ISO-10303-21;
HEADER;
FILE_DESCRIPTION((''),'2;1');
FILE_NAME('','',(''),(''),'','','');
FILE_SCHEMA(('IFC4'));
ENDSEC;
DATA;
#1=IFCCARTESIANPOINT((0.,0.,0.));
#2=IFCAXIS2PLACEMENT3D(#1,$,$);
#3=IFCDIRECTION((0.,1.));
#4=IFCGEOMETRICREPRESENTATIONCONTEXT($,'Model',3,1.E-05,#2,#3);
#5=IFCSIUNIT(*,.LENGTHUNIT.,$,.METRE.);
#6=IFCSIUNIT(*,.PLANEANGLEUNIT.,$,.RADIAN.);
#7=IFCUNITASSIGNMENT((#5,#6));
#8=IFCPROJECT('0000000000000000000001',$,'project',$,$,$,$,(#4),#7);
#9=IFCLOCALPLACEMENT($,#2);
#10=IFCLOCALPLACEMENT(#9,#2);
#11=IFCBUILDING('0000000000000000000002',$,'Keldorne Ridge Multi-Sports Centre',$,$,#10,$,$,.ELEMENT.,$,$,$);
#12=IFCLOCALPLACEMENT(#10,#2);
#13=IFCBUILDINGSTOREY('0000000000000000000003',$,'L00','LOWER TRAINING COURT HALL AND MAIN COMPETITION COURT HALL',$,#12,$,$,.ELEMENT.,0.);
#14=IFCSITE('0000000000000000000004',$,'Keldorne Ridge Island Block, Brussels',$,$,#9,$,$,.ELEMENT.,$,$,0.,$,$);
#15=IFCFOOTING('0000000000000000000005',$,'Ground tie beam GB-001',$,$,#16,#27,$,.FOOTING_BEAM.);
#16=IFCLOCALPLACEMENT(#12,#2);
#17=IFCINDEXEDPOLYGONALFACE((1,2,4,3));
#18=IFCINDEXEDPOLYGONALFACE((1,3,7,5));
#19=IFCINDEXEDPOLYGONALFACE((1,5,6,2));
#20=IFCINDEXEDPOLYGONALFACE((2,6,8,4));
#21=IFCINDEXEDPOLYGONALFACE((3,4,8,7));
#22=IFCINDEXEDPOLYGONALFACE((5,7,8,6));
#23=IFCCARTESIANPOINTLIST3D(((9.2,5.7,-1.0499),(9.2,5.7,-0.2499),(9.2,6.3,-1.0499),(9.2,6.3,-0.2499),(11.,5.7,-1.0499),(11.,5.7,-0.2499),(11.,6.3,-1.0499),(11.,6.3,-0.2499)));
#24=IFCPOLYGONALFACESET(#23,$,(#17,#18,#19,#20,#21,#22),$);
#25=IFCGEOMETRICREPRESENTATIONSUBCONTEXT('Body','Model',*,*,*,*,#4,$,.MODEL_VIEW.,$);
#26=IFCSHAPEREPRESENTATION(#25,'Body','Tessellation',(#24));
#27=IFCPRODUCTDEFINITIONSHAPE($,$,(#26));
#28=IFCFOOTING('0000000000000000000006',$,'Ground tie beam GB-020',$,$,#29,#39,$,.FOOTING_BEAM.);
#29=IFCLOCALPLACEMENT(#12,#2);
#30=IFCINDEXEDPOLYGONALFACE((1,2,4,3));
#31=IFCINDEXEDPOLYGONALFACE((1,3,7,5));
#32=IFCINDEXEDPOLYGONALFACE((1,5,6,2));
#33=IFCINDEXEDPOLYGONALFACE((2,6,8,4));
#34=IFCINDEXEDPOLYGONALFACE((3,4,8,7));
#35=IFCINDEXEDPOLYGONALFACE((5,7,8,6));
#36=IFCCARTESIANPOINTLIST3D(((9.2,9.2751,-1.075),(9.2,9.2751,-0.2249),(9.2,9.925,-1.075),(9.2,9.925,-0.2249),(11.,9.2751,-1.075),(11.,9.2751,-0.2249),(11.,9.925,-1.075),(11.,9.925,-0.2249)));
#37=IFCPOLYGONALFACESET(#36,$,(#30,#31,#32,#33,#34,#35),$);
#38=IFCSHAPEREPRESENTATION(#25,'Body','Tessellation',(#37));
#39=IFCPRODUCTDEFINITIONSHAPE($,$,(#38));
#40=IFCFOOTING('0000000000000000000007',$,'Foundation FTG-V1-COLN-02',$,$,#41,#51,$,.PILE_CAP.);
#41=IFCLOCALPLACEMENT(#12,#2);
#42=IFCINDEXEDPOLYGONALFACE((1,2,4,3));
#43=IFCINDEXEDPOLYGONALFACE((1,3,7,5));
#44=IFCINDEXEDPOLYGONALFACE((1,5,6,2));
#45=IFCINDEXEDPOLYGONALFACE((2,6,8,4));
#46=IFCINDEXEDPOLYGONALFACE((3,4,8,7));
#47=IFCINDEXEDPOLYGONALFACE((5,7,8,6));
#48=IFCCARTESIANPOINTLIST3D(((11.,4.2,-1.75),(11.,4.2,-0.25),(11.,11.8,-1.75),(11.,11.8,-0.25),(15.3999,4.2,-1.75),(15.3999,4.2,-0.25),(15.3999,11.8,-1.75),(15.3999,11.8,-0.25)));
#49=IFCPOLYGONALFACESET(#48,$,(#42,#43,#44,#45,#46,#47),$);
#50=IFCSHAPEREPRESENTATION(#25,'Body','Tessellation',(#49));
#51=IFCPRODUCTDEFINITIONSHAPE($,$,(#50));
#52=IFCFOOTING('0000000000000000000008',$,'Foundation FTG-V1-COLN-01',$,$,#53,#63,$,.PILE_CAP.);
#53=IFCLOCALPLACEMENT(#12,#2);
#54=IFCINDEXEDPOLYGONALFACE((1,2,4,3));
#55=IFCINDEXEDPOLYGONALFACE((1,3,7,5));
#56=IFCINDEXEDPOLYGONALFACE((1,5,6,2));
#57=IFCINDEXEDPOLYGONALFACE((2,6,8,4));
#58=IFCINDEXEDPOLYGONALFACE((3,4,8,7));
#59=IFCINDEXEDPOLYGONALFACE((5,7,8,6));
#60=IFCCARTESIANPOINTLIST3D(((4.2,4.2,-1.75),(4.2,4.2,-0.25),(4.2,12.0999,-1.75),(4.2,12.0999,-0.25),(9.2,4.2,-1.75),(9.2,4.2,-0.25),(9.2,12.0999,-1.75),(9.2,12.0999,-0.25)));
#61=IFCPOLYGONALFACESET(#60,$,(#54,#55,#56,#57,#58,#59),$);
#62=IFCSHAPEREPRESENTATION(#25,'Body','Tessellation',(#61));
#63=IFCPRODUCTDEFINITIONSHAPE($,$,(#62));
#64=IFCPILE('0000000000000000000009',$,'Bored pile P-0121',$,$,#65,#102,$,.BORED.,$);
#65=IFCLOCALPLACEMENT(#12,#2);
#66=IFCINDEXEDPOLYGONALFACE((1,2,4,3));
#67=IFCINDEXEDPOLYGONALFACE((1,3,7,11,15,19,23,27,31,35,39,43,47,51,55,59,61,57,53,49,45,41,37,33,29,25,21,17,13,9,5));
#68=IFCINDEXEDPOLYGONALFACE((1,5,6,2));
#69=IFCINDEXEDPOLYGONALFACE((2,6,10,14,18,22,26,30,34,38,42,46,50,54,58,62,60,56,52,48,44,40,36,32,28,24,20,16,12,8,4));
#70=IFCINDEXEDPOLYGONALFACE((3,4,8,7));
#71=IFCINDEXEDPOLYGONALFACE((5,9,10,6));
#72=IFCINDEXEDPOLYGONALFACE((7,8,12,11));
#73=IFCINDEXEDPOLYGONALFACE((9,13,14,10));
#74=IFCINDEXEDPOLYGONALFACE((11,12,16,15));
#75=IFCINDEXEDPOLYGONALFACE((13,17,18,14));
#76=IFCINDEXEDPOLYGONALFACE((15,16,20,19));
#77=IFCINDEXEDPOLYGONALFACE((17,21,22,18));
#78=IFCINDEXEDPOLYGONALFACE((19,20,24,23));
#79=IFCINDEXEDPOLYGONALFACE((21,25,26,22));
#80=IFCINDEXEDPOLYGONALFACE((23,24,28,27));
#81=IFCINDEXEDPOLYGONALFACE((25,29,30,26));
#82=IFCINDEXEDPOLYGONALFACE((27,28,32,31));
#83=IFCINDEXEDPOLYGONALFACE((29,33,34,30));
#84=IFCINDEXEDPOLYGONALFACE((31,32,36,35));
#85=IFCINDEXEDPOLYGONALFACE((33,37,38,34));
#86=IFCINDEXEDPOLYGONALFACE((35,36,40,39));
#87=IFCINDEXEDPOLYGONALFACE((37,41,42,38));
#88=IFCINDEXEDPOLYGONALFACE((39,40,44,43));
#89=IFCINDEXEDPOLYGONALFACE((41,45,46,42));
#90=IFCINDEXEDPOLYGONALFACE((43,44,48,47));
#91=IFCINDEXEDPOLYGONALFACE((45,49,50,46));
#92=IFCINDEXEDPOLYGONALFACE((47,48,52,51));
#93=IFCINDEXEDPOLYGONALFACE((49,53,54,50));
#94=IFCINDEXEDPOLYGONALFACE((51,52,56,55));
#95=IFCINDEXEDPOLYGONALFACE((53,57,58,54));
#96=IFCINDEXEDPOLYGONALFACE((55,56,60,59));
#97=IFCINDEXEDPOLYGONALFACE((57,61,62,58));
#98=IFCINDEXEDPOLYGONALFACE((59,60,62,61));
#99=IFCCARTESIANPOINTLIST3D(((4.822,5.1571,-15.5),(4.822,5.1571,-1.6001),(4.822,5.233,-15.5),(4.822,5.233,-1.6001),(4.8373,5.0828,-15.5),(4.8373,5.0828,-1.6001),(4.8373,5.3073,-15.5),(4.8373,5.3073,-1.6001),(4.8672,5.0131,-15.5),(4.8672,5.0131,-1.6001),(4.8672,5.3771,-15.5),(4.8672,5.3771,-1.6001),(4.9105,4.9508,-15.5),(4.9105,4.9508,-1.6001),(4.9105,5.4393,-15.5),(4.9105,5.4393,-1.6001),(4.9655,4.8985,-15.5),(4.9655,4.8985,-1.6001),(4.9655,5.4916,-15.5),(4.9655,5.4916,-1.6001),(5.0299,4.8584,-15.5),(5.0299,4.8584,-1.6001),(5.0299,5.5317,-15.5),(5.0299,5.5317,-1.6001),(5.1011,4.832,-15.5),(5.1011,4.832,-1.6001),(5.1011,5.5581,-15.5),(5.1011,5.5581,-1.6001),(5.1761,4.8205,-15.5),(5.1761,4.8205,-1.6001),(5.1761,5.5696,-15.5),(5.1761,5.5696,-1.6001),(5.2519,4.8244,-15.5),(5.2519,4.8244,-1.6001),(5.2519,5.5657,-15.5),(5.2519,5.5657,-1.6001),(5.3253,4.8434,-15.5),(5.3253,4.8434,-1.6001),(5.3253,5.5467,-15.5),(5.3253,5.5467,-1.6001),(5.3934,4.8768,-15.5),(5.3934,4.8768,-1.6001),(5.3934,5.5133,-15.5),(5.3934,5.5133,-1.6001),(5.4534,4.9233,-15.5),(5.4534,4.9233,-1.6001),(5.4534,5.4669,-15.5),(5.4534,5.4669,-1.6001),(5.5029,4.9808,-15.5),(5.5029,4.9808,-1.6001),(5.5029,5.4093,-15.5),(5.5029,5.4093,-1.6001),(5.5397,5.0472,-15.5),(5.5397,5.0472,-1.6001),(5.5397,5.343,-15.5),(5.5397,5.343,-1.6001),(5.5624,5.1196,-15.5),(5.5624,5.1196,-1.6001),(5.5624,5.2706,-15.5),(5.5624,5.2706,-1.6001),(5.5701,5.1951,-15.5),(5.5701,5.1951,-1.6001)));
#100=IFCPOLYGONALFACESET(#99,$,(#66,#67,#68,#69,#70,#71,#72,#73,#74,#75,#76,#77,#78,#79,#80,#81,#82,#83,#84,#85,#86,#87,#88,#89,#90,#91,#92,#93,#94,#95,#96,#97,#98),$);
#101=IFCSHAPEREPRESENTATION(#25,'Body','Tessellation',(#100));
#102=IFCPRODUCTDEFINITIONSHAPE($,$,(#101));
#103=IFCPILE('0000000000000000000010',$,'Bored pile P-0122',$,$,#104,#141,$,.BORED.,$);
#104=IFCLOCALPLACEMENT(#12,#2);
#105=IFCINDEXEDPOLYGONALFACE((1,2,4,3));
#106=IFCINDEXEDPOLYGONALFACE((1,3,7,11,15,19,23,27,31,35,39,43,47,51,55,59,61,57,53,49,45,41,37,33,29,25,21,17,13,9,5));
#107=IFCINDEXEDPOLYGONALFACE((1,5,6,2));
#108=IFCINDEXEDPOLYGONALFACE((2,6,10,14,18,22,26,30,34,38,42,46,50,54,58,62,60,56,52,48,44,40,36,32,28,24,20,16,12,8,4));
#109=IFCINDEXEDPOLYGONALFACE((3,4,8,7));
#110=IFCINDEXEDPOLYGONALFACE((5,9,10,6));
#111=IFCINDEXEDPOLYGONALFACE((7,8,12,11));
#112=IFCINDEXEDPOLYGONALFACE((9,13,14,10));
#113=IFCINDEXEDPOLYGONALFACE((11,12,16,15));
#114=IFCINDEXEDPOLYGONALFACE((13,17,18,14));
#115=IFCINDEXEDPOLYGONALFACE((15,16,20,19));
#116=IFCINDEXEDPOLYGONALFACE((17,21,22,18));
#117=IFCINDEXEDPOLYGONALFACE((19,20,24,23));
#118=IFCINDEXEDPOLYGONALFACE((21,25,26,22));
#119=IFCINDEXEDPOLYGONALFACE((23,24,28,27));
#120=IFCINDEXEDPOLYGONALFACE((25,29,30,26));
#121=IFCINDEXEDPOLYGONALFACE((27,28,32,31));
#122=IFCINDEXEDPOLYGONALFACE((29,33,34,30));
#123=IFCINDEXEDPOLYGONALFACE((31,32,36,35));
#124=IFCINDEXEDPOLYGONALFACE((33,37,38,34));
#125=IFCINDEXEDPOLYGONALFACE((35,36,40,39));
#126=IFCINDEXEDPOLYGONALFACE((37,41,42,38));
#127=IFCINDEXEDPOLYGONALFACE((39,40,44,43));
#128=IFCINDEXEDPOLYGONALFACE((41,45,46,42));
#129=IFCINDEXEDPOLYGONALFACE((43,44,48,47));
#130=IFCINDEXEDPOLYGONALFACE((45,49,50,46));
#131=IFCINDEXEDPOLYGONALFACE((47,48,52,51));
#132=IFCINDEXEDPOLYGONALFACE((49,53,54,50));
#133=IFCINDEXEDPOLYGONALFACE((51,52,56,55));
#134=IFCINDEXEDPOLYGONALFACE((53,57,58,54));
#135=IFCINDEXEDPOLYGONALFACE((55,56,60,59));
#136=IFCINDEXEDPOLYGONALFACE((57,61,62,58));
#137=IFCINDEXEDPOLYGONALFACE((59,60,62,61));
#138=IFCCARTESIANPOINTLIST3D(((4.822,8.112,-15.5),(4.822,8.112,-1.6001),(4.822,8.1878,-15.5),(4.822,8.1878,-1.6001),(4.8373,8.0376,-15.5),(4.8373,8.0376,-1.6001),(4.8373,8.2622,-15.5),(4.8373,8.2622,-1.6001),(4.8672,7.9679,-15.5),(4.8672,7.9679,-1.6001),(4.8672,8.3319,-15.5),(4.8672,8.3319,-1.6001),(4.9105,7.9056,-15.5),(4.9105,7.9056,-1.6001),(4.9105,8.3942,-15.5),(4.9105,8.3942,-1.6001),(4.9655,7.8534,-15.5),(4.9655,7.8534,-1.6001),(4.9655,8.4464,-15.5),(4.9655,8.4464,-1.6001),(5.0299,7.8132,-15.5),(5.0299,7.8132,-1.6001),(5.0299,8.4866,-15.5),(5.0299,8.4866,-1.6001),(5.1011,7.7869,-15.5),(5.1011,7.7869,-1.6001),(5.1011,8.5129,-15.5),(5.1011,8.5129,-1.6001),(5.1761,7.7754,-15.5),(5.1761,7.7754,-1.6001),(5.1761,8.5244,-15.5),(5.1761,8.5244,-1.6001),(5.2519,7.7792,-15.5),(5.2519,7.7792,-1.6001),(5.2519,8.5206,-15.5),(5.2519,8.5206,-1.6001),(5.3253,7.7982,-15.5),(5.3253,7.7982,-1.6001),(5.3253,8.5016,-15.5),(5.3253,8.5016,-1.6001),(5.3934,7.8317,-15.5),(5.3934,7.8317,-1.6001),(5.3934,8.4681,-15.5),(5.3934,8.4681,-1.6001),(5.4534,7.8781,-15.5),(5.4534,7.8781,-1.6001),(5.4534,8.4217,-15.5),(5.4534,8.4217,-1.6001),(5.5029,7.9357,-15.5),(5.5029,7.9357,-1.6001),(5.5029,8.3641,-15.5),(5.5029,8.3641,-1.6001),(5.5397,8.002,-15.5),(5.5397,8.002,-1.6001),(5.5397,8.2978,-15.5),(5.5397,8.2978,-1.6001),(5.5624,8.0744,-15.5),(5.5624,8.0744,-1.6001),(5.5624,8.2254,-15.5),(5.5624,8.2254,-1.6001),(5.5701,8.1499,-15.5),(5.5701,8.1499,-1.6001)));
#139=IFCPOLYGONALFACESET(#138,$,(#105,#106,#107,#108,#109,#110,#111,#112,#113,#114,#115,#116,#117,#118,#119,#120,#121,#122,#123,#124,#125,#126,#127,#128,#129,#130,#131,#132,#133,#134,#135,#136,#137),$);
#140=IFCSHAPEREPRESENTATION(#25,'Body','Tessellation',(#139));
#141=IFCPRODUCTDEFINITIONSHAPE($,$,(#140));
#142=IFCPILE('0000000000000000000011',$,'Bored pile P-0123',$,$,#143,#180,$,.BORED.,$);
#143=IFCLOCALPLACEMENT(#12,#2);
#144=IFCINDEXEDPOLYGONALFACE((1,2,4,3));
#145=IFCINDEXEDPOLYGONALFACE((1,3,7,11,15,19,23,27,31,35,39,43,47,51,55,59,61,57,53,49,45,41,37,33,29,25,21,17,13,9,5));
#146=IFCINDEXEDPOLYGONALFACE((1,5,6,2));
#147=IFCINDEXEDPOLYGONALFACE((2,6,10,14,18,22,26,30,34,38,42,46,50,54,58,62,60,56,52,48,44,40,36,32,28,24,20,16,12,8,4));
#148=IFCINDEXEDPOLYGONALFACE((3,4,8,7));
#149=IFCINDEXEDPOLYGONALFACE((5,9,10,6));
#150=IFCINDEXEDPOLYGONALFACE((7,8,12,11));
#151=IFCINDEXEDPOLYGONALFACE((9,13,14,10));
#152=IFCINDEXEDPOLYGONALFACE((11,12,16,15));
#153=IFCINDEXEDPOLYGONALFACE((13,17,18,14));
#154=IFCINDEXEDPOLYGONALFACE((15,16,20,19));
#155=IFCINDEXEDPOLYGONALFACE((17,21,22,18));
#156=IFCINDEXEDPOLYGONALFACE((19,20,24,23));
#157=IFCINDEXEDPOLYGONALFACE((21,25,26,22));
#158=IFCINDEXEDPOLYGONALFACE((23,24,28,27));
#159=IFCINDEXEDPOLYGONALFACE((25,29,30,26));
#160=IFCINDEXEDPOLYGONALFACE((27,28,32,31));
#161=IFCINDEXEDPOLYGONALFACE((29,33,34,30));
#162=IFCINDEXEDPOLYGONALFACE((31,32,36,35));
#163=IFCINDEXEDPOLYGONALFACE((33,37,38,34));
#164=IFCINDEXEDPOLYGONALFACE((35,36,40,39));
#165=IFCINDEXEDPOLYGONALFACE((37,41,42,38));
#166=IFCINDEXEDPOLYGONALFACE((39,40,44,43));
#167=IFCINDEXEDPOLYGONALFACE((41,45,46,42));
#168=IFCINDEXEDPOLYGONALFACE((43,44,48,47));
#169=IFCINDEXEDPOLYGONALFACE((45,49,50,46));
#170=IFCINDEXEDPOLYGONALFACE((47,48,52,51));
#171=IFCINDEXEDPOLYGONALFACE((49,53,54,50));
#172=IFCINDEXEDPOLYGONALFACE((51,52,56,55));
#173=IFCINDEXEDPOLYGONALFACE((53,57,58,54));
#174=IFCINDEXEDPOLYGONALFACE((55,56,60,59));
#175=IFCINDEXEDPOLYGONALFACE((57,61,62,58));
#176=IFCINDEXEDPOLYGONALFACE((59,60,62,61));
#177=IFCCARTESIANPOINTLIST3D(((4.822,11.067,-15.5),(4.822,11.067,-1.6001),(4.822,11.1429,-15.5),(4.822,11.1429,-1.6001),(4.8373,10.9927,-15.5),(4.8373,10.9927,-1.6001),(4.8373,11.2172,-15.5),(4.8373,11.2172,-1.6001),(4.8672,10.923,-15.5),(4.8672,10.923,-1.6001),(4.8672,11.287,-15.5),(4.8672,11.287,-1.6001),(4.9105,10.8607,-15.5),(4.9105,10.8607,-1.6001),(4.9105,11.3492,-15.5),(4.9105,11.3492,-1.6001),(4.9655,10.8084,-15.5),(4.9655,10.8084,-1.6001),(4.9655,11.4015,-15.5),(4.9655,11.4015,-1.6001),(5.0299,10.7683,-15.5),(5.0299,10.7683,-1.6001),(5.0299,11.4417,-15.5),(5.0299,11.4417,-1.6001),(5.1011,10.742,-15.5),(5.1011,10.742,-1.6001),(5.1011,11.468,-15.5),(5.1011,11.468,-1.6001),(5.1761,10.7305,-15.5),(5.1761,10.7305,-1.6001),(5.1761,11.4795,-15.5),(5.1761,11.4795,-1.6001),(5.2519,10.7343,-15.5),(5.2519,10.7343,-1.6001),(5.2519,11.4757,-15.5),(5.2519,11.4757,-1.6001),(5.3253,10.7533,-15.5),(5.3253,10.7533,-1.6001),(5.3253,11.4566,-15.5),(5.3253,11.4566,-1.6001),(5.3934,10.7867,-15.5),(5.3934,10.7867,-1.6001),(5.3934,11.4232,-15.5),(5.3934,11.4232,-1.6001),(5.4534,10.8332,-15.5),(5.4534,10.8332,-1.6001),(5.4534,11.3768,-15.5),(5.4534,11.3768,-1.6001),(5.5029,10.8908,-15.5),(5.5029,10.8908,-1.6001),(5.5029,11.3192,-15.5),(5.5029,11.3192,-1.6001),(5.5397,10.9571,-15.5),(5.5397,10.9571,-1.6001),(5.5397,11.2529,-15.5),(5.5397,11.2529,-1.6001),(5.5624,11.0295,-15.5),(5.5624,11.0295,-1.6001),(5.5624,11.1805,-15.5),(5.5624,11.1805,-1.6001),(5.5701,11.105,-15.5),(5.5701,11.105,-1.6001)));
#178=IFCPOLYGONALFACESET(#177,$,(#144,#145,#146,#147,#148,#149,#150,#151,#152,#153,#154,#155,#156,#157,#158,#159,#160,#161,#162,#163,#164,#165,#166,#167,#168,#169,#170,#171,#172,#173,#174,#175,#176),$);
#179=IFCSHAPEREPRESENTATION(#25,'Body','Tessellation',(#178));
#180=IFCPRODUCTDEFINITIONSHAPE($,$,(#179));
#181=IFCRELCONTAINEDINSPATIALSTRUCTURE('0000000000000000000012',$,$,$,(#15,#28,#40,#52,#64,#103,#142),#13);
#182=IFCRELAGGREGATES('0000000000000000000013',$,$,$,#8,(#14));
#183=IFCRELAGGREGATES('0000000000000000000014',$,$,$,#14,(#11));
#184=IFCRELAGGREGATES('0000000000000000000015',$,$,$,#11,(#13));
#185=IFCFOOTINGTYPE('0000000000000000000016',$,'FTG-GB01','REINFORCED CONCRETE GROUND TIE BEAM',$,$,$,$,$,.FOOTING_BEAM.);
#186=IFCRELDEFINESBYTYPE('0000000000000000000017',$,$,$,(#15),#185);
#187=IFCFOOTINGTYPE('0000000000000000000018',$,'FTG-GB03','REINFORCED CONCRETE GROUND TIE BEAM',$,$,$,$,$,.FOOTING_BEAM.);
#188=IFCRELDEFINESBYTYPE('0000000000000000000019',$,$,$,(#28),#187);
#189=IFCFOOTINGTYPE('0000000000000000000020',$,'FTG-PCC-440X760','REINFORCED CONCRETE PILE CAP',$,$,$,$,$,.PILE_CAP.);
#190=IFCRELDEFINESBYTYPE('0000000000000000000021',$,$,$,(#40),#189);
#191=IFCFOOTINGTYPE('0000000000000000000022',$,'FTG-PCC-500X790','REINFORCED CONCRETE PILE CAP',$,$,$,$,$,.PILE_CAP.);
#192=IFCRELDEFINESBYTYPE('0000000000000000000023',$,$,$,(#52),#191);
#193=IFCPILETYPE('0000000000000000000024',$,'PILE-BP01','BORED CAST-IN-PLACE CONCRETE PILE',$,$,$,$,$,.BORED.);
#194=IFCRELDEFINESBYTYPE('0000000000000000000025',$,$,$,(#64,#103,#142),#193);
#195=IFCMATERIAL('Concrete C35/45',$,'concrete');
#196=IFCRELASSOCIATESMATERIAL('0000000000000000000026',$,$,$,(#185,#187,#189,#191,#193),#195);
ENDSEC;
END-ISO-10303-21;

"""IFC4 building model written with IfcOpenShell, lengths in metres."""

from ifc_helpers import new_model, si_unit, direction, frame, origin, origin_2d, place, context, subcontext, project, spatial, rectangle, circle, extrude, material, material_profile, profile_set, type_object, element, save


model = new_model("IFC4")

# Units and contexts
model_context = context("Model", 3, precision=1e-05, world=origin(), true_north=direction((0.0, 1.0)))
body_context = subcontext(model_context, "Body", "Model", "MODEL_VIEW")
ifc_project = project(units=[si_unit("LENGTHUNIT", "METRE"), si_unit("PLANEANGLEUNIT", "RADIAN")], contexts=[model_context])

# Site, building, storey
site_placement = place(None, origin())
site = spatial("IfcSite", under=ifc_project, at=site_placement, Name="Keldorne Ridge Island Block, Brussels", CompositionType="ELEMENT", RefElevation=0.0)
building_placement = place(site_placement, origin())
building = spatial("IfcBuilding", under=site, at=building_placement, Name="Keldorne Ridge Multi-Sports Centre", CompositionType="ELEMENT")
storey_placement = place(building_placement, origin())
storey = spatial("IfcBuildingStorey", under=building, at=storey_placement, Name="L00", Description="LOWER TRAINING COURT HALL AND MAIN COMPETITION COURT HALL", CompositionType="ELEMENT", Elevation=0.0)

# Footings
ifc_material_1 = material(Name="Concrete C35/45", Category="concrete")
ifc_material_profile_1 = material_profile(ifc_material_1, rectangle(XDim=0.6001, YDim=0.8, at=origin_2d()), Name="GB 600x800")
ifc_profile_set_1 = profile_set([ifc_material_profile_1], Name="Concrete C35/45")
footing_type_1 = type_object("IfcFootingType", Name="FTG-GB01", Description="REINFORCED CONCRETE GROUND TIE BEAM", PredefinedType="FOOTING_BEAM", material=ifc_profile_set_1)
footing_1_placement = place(storey_placement, frame((9.2, 6.0, -0.6499), z_axis=(1.0, 0.0, 0.0), x_axis=(0.0, 1.0, 0.0)))
element("IfcFooting", 1, at=footing_1_placement, inside=storey, type_object=footing_type_1, Name="Ground tie beam GB-001", PredefinedType="FOOTING_BEAM", context=body_context, shape_type="SweptSolid", body=[
    extrude(rectangle(XDim=0.6001, YDim=0.8, at=origin_2d()), origin(), (0.0, 0.0, 1.0), 1.8),
])
ifc_material_profile_2 = material_profile(ifc_material_1, rectangle(XDim=0.6499, YDim=0.8501, at=origin_2d()), Name="GB 650x850")
ifc_profile_set_2 = profile_set([ifc_material_profile_2], Name="Concrete C35/45")
footing_type_2 = type_object("IfcFootingType", Name="FTG-GB03", Description="REINFORCED CONCRETE GROUND TIE BEAM", PredefinedType="FOOTING_BEAM", material=ifc_profile_set_2)
footing_2_placement = place(storey_placement, frame((9.2, 9.6001, -0.6499), z_axis=(1.0, 0.0, 0.0), x_axis=(0.0, 1.0, 0.0)))
element("IfcFooting", 2, at=footing_2_placement, inside=storey, type_object=footing_type_2, Name="Ground tie beam GB-020", PredefinedType="FOOTING_BEAM", context=body_context, shape_type="SweptSolid", body=[
    extrude(rectangle(XDim=0.6499, YDim=0.8501, at=origin_2d()), origin(), (0.0, 0.0, 1.0), 1.8),
])
footing_type_3 = type_object("IfcFootingType", Name="FTG-PCC-440X760", Description="REINFORCED CONCRETE PILE CAP", PredefinedType="PILE_CAP", material=ifc_material_1)
footing_3_placement = place(storey_placement, frame((13.2, 8.0, -1.75), z_axis=(0.0, 0.0, 1.0), x_axis=(1.0, 0.0, 0.0)))
element("IfcFooting", 3, at=footing_3_placement, inside=storey, type_object=footing_type_3, Name="Foundation FTG-V1-COLN-02", PredefinedType="PILE_CAP", context=body_context, shape_type="SweptSolid", body=[
    extrude(rectangle(XDim=4.3999, YDim=7.6001, at=origin_2d()), origin(), (0.0, 0.0, 1.0), 1.5),
])
footing_type_4 = type_object("IfcFootingType", Name="FTG-PCC-500X790", Description="REINFORCED CONCRETE PILE CAP", PredefinedType="PILE_CAP", material=ifc_material_1)
footing_4_placement = place(storey_placement, frame((6.7, 8.1499, -1.75), z_axis=(0.0, 0.0, 1.0), x_axis=(1.0, 0.0, 0.0)))
element("IfcFooting", 4, at=footing_4_placement, inside=storey, type_object=footing_type_4, Name="Foundation FTG-V1-COLN-01", PredefinedType="PILE_CAP", context=body_context, shape_type="SweptSolid", body=[
    extrude(rectangle(XDim=5.0, YDim=7.8999, at=origin_2d()), origin(), (0.0, 0.0, 1.0), 1.5),
])

# Piles
ifc_material_profile_3 = material_profile(ifc_material_1, circle(Radius=0.375, at=origin_2d()), Name="BORED PILE D750")
ifc_profile_set_3 = profile_set([ifc_material_profile_3], Name="Concrete C35/45")
pile_type = type_object("IfcPileType", Name="PILE-BP01", Description="BORED CAST-IN-PLACE CONCRETE PILE", PredefinedType="BORED", material=ifc_profile_set_3)
for number, where, z_axis, x_axis, name in (
    (5, (5.1951, 5.1951, -1.6001), (0.0, 0.0, -1.0), (1.0, 0.0, 0.0), "Bored pile P-0121"),
    (6, (5.1951, 8.1499, -1.6001), (0.0, 0.0, -1.0), (1.0, 0.0, 0.0), "Bored pile P-0122"),
    (7, (5.1951, 11.105, -1.6001), (0.0, 0.0, -1.0), (1.0, 0.0, 0.0), "Bored pile P-0123"),
):
    element("IfcPile", number, at=place(storey_placement, frame(where, z_axis=z_axis, x_axis=x_axis)), inside=storey, type_object=pile_type, Name=name, PredefinedType="BORED", context=body_context, shape_type="SweptSolid", body=[
        extrude(circle(Radius=0.375, at=origin_2d()), origin(), (0.0, 0.0, 1.0), 13.8999),
    ])

save(model, "model.ifc")
